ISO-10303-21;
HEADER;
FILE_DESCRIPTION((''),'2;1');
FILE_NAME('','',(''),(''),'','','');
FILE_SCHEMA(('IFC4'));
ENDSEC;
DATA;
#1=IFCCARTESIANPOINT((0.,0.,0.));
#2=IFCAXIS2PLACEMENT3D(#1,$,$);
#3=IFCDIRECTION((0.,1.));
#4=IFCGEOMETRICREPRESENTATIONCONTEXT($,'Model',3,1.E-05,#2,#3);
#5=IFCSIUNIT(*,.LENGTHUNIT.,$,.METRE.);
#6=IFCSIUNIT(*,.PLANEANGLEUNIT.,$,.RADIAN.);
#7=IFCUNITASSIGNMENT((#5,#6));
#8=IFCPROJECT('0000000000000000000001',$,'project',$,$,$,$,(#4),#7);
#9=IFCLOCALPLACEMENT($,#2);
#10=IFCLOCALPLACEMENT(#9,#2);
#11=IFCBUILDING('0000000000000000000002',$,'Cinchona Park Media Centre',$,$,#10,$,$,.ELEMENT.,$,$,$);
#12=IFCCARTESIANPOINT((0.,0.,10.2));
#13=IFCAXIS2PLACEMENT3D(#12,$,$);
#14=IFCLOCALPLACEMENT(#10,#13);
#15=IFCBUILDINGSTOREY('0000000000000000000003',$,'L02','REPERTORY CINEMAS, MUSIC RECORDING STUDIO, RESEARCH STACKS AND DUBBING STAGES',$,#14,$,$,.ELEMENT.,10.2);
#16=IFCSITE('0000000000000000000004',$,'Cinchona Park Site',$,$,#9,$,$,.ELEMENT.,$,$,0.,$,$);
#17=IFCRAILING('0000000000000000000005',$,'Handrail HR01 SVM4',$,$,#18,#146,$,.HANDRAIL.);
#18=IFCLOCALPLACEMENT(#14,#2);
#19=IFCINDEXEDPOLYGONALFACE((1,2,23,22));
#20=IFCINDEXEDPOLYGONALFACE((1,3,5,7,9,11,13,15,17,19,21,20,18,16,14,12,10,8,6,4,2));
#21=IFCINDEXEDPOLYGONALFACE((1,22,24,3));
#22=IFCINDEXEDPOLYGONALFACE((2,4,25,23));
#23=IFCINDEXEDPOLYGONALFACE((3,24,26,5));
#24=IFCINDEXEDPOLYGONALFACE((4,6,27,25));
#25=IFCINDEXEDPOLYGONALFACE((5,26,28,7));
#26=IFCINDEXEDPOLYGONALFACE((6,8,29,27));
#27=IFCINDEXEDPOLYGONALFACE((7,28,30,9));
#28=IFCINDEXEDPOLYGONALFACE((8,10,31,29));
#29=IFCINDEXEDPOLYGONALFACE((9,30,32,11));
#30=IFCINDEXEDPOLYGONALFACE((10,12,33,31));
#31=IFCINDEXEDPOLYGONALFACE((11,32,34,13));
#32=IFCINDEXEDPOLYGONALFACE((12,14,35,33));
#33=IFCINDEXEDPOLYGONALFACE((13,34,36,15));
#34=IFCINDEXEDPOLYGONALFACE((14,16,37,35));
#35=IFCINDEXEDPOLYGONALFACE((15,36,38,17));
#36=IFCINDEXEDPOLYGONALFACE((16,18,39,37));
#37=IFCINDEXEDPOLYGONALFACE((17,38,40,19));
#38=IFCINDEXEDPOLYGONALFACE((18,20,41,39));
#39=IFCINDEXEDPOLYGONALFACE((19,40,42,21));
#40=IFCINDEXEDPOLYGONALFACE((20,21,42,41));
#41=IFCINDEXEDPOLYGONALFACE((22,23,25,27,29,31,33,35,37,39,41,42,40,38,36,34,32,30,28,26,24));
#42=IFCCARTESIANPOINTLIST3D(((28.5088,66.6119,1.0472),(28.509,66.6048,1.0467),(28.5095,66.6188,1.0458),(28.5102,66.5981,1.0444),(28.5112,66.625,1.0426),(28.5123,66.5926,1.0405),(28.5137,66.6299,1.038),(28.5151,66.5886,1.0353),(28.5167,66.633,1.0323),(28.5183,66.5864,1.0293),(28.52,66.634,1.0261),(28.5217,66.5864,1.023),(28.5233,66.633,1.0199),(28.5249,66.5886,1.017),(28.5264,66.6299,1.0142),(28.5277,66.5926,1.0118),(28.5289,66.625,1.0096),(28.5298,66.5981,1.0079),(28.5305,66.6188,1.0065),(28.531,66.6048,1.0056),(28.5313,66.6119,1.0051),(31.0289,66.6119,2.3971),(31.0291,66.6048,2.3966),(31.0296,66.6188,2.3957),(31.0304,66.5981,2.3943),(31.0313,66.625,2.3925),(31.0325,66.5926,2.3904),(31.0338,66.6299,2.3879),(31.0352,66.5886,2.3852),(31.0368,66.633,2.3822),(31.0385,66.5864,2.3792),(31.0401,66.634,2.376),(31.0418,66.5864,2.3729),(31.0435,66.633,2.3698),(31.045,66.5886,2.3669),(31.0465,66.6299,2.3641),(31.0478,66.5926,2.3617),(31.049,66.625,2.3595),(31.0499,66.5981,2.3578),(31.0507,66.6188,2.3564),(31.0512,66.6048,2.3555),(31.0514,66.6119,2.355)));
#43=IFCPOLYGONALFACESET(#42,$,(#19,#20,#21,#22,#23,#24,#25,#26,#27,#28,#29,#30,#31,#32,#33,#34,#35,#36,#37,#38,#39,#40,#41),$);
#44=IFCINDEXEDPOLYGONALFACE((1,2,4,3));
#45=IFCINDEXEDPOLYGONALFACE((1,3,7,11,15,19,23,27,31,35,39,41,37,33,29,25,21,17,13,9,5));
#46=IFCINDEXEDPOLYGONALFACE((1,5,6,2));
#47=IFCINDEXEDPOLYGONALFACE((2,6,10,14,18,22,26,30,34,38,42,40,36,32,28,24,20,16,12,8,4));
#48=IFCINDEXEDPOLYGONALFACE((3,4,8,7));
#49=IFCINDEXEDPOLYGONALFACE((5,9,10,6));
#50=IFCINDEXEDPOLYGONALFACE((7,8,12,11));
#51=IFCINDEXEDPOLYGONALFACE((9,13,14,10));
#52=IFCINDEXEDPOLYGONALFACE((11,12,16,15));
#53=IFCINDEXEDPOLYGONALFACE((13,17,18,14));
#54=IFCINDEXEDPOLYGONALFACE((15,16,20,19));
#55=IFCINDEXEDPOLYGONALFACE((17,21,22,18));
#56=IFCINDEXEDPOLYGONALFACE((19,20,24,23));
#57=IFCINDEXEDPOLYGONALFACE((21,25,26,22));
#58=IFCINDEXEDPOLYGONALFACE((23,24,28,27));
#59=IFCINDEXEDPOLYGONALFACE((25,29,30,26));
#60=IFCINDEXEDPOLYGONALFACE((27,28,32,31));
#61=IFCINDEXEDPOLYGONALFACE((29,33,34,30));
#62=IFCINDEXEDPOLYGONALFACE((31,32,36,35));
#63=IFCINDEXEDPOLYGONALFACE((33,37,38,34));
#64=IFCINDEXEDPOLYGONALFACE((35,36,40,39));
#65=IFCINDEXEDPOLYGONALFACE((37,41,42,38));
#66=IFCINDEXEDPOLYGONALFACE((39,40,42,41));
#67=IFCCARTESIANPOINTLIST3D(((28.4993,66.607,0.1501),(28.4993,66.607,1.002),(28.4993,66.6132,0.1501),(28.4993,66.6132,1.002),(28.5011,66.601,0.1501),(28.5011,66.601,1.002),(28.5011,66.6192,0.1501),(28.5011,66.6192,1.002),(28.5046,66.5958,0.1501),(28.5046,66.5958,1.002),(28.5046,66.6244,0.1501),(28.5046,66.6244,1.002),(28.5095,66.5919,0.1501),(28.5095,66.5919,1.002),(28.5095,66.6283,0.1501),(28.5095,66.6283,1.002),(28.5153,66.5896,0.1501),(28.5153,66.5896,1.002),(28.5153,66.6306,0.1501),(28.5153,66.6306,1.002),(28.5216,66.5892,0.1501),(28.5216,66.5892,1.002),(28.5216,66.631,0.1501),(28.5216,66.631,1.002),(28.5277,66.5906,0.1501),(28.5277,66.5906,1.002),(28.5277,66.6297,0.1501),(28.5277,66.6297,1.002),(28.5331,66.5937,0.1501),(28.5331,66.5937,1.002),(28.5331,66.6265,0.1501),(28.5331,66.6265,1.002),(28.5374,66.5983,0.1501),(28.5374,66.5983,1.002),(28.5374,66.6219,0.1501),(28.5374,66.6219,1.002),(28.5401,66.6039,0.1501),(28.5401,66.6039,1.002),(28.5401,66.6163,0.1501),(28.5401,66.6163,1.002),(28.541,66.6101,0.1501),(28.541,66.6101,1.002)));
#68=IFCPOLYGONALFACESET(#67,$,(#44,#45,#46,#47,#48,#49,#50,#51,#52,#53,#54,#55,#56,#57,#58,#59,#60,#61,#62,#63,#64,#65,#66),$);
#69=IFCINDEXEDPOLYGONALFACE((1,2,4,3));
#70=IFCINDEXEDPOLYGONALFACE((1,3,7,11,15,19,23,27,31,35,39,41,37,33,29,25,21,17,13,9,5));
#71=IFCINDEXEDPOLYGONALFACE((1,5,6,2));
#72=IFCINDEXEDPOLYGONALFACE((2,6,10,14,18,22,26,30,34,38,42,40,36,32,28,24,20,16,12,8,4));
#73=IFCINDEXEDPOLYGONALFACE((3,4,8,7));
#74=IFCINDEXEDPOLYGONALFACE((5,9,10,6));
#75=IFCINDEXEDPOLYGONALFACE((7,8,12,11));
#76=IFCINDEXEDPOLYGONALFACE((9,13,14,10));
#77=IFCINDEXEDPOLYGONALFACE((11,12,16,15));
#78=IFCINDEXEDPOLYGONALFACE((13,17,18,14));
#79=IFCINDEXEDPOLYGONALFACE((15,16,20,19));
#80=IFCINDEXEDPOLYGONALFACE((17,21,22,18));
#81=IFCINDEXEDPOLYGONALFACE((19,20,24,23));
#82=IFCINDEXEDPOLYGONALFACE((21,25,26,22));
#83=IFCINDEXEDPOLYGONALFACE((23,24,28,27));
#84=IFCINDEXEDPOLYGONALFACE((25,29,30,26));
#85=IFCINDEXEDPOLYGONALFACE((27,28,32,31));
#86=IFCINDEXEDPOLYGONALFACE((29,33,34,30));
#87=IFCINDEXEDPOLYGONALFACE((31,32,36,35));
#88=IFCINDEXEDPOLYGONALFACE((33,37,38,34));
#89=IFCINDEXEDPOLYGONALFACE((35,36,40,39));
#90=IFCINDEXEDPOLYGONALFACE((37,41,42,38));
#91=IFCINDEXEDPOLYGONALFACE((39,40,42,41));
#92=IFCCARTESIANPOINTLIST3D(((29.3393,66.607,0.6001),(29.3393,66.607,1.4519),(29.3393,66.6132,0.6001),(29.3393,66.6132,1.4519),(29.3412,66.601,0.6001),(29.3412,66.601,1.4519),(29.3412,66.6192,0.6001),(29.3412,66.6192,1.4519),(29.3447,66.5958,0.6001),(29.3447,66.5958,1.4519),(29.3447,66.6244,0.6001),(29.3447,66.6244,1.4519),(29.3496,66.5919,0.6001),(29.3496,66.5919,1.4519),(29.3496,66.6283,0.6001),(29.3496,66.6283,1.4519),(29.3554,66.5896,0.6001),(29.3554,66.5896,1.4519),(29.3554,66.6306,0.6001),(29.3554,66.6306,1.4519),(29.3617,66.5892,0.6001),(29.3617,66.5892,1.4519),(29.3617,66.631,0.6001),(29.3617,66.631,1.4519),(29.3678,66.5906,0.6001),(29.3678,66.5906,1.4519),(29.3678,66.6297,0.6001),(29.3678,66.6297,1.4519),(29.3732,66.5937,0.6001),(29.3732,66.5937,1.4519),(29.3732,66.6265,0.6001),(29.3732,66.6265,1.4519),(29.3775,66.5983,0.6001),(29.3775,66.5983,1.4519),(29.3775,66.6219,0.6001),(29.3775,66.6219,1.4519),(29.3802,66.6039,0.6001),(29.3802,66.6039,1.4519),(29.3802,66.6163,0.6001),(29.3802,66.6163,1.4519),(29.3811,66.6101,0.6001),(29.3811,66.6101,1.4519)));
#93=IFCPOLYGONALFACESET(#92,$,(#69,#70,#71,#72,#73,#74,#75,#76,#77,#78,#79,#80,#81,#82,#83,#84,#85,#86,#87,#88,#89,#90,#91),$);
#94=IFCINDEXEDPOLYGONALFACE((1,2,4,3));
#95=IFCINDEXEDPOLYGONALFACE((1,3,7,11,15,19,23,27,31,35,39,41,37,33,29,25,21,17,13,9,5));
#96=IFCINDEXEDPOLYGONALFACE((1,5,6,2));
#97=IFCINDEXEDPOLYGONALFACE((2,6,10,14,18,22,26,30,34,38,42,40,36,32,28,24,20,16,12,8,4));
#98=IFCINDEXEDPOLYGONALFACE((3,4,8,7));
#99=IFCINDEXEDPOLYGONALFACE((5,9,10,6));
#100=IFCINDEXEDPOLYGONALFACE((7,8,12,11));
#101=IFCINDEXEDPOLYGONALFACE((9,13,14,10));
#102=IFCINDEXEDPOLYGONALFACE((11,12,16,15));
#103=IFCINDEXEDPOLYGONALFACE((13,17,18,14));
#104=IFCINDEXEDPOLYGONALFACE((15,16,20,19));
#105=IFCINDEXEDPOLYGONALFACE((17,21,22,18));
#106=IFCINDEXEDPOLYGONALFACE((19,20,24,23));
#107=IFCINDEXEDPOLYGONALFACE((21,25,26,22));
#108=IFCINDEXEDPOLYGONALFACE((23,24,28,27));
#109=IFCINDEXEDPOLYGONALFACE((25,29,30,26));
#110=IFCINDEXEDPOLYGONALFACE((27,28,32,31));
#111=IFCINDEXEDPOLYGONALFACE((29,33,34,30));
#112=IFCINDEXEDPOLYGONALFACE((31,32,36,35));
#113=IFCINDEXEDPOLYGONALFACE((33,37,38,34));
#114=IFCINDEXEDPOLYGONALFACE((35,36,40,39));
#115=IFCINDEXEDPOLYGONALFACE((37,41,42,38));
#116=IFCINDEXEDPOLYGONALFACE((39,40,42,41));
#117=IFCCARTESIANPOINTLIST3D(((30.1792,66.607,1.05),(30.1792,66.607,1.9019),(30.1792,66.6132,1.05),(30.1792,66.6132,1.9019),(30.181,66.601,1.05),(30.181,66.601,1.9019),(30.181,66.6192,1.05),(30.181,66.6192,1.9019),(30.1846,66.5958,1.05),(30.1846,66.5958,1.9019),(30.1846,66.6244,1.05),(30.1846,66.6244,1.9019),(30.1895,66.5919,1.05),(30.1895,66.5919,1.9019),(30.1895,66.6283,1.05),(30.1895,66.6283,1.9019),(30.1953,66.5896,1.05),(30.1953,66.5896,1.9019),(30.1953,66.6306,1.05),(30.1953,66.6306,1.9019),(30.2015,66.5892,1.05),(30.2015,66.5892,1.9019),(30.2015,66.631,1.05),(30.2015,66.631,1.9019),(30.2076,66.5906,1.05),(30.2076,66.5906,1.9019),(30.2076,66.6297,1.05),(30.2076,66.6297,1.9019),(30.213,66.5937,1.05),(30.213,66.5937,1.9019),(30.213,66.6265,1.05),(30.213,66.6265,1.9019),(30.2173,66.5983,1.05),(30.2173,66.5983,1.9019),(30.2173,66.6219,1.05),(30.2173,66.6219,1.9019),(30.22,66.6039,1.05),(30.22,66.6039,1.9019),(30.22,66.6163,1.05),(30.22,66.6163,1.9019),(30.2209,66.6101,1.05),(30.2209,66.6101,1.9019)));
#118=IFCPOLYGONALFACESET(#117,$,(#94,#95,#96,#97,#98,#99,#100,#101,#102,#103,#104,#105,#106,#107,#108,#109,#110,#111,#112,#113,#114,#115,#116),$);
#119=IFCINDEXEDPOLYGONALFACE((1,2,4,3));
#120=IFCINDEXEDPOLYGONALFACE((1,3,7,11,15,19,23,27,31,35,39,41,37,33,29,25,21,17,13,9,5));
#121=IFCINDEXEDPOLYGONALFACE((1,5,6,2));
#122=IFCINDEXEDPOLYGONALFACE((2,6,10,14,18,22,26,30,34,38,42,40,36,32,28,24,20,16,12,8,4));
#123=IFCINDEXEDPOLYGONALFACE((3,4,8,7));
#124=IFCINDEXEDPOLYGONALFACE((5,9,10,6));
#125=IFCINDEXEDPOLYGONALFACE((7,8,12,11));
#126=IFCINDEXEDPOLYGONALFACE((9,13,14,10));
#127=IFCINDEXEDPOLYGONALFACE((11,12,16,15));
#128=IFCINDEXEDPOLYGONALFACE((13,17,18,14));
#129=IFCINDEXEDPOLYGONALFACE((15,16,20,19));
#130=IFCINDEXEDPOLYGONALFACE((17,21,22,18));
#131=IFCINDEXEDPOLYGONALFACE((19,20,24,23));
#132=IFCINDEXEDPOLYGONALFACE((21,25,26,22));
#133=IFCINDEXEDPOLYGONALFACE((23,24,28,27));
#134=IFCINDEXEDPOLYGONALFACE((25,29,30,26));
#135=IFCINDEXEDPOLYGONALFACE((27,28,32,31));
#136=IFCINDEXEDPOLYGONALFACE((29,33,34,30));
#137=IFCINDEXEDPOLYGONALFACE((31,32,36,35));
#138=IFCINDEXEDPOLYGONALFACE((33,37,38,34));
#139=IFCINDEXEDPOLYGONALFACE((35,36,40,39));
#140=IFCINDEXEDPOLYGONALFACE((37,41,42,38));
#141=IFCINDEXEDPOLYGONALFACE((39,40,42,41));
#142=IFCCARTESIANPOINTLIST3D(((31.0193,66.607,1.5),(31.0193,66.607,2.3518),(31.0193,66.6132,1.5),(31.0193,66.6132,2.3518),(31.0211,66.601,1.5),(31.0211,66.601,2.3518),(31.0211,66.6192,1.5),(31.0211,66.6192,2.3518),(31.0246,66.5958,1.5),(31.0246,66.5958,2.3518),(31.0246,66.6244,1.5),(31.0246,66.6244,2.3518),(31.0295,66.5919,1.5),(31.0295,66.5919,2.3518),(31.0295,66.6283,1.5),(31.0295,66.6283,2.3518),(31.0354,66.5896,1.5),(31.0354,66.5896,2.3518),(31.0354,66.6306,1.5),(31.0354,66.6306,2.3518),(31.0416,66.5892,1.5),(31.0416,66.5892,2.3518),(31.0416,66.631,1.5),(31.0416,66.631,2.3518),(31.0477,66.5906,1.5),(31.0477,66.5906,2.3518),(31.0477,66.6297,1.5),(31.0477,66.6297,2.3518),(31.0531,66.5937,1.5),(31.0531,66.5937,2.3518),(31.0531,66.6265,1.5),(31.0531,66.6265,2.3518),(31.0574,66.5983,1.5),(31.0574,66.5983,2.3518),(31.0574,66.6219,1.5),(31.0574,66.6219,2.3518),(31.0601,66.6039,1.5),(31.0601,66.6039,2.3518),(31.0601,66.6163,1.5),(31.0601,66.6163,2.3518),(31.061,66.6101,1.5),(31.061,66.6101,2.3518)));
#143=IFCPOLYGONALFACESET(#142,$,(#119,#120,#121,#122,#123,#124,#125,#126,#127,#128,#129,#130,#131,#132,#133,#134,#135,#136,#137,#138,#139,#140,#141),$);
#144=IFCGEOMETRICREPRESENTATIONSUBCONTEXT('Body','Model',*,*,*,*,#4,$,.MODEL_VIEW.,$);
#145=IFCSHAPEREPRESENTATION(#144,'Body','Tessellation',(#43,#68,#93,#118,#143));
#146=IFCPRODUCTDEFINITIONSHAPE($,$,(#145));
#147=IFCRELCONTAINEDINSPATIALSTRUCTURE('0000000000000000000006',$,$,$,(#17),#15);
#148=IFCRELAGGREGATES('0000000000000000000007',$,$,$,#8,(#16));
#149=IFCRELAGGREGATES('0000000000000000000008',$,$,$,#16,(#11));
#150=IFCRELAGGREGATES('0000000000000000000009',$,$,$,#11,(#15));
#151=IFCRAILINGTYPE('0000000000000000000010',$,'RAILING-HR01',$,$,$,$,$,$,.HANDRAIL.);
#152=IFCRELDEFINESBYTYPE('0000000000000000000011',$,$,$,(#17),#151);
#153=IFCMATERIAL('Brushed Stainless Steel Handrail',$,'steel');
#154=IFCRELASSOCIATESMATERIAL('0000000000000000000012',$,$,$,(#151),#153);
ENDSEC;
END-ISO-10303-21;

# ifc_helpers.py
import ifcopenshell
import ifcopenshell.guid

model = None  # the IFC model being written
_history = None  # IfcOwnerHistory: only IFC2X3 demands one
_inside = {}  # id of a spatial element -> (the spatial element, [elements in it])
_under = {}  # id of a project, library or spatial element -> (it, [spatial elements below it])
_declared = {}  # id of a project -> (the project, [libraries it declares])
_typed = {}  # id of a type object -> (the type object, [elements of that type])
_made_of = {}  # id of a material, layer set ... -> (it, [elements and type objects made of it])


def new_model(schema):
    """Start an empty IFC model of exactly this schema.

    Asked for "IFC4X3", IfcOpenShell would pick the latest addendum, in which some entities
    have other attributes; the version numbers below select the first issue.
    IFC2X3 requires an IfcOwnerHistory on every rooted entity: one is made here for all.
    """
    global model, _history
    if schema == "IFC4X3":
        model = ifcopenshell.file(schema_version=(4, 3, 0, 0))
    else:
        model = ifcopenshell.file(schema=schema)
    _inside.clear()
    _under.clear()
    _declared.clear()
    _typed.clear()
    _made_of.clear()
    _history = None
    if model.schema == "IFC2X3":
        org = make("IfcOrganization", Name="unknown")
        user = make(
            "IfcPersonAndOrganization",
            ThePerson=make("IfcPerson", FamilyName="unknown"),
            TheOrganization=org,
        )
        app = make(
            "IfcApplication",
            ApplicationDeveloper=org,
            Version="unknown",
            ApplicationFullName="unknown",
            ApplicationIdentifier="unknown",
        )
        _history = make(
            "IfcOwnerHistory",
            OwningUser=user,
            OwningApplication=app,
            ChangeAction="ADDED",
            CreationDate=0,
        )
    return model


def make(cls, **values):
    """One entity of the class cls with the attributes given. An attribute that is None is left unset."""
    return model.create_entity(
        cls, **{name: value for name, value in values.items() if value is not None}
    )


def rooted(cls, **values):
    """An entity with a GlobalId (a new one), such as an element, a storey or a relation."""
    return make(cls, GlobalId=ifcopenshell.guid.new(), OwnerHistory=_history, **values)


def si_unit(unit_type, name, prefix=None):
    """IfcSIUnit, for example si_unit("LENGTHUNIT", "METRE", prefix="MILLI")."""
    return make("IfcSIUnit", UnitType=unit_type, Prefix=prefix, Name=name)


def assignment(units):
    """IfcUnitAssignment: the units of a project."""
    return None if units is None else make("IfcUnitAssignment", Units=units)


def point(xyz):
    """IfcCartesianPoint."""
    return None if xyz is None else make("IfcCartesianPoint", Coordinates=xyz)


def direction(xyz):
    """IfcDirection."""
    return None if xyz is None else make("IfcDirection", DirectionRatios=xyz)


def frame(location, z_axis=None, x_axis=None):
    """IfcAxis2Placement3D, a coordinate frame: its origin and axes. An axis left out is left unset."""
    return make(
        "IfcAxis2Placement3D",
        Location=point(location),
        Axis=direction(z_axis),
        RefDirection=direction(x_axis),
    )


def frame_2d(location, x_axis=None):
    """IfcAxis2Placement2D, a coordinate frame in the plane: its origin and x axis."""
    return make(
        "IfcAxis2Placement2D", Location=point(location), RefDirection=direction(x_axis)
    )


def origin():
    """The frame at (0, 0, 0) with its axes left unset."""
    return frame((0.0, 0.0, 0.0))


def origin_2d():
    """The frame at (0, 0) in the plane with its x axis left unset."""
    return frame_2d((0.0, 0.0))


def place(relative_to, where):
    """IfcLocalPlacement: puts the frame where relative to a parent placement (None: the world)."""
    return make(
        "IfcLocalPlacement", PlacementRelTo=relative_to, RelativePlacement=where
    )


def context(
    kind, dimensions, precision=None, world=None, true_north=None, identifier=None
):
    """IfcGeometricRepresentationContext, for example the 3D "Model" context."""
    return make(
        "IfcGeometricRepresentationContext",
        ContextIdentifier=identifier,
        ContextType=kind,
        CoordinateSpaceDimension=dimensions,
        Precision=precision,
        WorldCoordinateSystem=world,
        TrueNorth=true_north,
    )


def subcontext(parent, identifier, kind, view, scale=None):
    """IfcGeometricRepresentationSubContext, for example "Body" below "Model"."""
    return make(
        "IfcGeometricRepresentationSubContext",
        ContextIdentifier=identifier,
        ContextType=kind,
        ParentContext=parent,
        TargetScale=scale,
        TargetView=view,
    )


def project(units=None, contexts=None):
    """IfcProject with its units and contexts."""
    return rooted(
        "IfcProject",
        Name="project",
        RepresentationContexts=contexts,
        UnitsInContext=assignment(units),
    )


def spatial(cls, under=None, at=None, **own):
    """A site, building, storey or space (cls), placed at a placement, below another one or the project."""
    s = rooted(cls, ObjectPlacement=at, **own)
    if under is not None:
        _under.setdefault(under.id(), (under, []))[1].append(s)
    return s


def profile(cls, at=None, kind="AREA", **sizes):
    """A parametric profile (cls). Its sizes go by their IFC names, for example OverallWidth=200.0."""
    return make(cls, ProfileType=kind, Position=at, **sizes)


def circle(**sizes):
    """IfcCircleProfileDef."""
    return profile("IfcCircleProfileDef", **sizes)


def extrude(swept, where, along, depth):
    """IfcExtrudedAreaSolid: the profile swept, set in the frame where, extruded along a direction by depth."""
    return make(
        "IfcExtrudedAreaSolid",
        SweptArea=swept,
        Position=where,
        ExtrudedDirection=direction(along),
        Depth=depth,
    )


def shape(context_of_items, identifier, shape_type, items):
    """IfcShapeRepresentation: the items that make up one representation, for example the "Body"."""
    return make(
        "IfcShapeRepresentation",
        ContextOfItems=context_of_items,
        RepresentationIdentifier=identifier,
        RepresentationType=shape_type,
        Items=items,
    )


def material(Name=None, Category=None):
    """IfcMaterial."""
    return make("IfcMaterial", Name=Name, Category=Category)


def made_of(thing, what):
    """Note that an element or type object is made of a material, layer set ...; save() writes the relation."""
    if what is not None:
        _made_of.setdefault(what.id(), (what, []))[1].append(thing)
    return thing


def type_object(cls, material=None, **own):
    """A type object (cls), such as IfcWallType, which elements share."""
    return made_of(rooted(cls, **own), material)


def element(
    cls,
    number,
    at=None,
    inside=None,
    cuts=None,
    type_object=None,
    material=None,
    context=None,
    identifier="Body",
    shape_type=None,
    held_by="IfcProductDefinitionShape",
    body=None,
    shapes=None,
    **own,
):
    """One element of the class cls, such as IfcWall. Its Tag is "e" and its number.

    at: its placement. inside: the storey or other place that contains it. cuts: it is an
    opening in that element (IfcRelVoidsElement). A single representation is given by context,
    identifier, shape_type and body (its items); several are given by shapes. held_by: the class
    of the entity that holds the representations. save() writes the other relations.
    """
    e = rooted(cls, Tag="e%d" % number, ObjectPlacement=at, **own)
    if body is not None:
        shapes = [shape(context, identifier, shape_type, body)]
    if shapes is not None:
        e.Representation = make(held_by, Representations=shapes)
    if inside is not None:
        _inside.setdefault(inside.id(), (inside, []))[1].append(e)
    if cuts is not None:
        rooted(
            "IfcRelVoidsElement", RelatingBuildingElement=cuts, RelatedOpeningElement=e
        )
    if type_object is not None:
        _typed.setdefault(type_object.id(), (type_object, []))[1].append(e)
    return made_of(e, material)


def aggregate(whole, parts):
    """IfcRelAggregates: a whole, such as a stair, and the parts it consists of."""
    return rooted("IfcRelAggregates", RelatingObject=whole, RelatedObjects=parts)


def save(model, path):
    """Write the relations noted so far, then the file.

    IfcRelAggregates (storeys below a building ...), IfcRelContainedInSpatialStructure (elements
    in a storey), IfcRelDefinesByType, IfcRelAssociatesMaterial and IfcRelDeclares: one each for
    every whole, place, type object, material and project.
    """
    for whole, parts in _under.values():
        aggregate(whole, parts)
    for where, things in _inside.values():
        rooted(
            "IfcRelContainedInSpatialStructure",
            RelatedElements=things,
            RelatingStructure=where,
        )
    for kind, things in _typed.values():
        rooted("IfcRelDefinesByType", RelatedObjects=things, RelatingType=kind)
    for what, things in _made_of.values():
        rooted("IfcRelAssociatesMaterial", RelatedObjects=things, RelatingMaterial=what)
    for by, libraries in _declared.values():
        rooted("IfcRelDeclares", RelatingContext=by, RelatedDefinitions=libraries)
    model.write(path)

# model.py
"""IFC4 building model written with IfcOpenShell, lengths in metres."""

from ifc_helpers import new_model, si_unit, direction, frame, origin, origin_2d, place, context, subcontext, project, spatial, circle, extrude, material, type_object, element, save


model = new_model("IFC4")

# Units and contexts
model_context = context("Model", 3, precision=1e-05, world=origin(), true_north=direction((0.0, 1.0)))
body_context = subcontext(model_context, "Body", "Model", "MODEL_VIEW")
ifc_project = project(units=[si_unit("LENGTHUNIT", "METRE"), si_unit("PLANEANGLEUNIT", "RADIAN")], contexts=[model_context])

# Site, building, storey
site_placement = place(None, origin())
site = spatial("IfcSite", under=ifc_project, at=site_placement, Name="Cinchona Park Site", CompositionType="ELEMENT", RefElevation=0.0)
building_placement = place(site_placement, origin())
building = spatial("IfcBuilding", under=site, at=building_placement, Name="Cinchona Park Media Centre", CompositionType="ELEMENT")
storey_placement = place(building_placement, frame((0.0, 0.0, 10.2)))
storey = spatial("IfcBuildingStorey", under=building, at=storey_placement, Name="L02", Description="REPERTORY CINEMAS, MUSIC RECORDING STUDIO, RESEARCH STACKS AND DUBBING STAGES", CompositionType="ELEMENT", Elevation=10.2)

# Railing
ifc_material_1 = material(Name="Brushed Stainless Steel Handrail", Category="steel")
railing_type_1 = type_object("IfcRailingType", Name="RAILING-HR01", PredefinedType="HANDRAIL", material=ifc_material_1)
railing_1_placement = place(storey_placement, frame((28.52, 66.6101, 0.1501)))
element("IfcRailing", 1, at=railing_1_placement, inside=storey, type_object=railing_type_1, Name="Handrail HR01 SVM4", PredefinedType="HANDRAIL", context=body_context, shape_type="SweptSolid", body=[
    extrude(circle(Radius=0.0239, at=origin_2d()), frame((0.0, 0.0, 0.876), z_axis=(0.881503, 0.0, 0.472179), x_axis=(0.0, 1.0, 0.0)), (0.0, 0.0, 1.0), 2.8589),
    extrude(circle(Radius=0.021, at=origin_2d()), origin(), (0.0, 0.0, 1.0), 0.8518),
    extrude(circle(Radius=0.021, at=origin_2d()), frame((0.8401, 0.0, 0.45)), (0.0, 0.0, 1.0), 0.8518),
    extrude(circle(Radius=0.021, at=origin_2d()), frame((1.6799, 0.0, 0.8999)), (0.0, 0.0, 1.0), 0.8518),
    extrude(circle(Radius=0.021, at=origin_2d()), frame((2.52, 0.0, 1.3499)), (0.0, 0.0, 1.0), 0.8518),
])

save(model, "model.ifc")
